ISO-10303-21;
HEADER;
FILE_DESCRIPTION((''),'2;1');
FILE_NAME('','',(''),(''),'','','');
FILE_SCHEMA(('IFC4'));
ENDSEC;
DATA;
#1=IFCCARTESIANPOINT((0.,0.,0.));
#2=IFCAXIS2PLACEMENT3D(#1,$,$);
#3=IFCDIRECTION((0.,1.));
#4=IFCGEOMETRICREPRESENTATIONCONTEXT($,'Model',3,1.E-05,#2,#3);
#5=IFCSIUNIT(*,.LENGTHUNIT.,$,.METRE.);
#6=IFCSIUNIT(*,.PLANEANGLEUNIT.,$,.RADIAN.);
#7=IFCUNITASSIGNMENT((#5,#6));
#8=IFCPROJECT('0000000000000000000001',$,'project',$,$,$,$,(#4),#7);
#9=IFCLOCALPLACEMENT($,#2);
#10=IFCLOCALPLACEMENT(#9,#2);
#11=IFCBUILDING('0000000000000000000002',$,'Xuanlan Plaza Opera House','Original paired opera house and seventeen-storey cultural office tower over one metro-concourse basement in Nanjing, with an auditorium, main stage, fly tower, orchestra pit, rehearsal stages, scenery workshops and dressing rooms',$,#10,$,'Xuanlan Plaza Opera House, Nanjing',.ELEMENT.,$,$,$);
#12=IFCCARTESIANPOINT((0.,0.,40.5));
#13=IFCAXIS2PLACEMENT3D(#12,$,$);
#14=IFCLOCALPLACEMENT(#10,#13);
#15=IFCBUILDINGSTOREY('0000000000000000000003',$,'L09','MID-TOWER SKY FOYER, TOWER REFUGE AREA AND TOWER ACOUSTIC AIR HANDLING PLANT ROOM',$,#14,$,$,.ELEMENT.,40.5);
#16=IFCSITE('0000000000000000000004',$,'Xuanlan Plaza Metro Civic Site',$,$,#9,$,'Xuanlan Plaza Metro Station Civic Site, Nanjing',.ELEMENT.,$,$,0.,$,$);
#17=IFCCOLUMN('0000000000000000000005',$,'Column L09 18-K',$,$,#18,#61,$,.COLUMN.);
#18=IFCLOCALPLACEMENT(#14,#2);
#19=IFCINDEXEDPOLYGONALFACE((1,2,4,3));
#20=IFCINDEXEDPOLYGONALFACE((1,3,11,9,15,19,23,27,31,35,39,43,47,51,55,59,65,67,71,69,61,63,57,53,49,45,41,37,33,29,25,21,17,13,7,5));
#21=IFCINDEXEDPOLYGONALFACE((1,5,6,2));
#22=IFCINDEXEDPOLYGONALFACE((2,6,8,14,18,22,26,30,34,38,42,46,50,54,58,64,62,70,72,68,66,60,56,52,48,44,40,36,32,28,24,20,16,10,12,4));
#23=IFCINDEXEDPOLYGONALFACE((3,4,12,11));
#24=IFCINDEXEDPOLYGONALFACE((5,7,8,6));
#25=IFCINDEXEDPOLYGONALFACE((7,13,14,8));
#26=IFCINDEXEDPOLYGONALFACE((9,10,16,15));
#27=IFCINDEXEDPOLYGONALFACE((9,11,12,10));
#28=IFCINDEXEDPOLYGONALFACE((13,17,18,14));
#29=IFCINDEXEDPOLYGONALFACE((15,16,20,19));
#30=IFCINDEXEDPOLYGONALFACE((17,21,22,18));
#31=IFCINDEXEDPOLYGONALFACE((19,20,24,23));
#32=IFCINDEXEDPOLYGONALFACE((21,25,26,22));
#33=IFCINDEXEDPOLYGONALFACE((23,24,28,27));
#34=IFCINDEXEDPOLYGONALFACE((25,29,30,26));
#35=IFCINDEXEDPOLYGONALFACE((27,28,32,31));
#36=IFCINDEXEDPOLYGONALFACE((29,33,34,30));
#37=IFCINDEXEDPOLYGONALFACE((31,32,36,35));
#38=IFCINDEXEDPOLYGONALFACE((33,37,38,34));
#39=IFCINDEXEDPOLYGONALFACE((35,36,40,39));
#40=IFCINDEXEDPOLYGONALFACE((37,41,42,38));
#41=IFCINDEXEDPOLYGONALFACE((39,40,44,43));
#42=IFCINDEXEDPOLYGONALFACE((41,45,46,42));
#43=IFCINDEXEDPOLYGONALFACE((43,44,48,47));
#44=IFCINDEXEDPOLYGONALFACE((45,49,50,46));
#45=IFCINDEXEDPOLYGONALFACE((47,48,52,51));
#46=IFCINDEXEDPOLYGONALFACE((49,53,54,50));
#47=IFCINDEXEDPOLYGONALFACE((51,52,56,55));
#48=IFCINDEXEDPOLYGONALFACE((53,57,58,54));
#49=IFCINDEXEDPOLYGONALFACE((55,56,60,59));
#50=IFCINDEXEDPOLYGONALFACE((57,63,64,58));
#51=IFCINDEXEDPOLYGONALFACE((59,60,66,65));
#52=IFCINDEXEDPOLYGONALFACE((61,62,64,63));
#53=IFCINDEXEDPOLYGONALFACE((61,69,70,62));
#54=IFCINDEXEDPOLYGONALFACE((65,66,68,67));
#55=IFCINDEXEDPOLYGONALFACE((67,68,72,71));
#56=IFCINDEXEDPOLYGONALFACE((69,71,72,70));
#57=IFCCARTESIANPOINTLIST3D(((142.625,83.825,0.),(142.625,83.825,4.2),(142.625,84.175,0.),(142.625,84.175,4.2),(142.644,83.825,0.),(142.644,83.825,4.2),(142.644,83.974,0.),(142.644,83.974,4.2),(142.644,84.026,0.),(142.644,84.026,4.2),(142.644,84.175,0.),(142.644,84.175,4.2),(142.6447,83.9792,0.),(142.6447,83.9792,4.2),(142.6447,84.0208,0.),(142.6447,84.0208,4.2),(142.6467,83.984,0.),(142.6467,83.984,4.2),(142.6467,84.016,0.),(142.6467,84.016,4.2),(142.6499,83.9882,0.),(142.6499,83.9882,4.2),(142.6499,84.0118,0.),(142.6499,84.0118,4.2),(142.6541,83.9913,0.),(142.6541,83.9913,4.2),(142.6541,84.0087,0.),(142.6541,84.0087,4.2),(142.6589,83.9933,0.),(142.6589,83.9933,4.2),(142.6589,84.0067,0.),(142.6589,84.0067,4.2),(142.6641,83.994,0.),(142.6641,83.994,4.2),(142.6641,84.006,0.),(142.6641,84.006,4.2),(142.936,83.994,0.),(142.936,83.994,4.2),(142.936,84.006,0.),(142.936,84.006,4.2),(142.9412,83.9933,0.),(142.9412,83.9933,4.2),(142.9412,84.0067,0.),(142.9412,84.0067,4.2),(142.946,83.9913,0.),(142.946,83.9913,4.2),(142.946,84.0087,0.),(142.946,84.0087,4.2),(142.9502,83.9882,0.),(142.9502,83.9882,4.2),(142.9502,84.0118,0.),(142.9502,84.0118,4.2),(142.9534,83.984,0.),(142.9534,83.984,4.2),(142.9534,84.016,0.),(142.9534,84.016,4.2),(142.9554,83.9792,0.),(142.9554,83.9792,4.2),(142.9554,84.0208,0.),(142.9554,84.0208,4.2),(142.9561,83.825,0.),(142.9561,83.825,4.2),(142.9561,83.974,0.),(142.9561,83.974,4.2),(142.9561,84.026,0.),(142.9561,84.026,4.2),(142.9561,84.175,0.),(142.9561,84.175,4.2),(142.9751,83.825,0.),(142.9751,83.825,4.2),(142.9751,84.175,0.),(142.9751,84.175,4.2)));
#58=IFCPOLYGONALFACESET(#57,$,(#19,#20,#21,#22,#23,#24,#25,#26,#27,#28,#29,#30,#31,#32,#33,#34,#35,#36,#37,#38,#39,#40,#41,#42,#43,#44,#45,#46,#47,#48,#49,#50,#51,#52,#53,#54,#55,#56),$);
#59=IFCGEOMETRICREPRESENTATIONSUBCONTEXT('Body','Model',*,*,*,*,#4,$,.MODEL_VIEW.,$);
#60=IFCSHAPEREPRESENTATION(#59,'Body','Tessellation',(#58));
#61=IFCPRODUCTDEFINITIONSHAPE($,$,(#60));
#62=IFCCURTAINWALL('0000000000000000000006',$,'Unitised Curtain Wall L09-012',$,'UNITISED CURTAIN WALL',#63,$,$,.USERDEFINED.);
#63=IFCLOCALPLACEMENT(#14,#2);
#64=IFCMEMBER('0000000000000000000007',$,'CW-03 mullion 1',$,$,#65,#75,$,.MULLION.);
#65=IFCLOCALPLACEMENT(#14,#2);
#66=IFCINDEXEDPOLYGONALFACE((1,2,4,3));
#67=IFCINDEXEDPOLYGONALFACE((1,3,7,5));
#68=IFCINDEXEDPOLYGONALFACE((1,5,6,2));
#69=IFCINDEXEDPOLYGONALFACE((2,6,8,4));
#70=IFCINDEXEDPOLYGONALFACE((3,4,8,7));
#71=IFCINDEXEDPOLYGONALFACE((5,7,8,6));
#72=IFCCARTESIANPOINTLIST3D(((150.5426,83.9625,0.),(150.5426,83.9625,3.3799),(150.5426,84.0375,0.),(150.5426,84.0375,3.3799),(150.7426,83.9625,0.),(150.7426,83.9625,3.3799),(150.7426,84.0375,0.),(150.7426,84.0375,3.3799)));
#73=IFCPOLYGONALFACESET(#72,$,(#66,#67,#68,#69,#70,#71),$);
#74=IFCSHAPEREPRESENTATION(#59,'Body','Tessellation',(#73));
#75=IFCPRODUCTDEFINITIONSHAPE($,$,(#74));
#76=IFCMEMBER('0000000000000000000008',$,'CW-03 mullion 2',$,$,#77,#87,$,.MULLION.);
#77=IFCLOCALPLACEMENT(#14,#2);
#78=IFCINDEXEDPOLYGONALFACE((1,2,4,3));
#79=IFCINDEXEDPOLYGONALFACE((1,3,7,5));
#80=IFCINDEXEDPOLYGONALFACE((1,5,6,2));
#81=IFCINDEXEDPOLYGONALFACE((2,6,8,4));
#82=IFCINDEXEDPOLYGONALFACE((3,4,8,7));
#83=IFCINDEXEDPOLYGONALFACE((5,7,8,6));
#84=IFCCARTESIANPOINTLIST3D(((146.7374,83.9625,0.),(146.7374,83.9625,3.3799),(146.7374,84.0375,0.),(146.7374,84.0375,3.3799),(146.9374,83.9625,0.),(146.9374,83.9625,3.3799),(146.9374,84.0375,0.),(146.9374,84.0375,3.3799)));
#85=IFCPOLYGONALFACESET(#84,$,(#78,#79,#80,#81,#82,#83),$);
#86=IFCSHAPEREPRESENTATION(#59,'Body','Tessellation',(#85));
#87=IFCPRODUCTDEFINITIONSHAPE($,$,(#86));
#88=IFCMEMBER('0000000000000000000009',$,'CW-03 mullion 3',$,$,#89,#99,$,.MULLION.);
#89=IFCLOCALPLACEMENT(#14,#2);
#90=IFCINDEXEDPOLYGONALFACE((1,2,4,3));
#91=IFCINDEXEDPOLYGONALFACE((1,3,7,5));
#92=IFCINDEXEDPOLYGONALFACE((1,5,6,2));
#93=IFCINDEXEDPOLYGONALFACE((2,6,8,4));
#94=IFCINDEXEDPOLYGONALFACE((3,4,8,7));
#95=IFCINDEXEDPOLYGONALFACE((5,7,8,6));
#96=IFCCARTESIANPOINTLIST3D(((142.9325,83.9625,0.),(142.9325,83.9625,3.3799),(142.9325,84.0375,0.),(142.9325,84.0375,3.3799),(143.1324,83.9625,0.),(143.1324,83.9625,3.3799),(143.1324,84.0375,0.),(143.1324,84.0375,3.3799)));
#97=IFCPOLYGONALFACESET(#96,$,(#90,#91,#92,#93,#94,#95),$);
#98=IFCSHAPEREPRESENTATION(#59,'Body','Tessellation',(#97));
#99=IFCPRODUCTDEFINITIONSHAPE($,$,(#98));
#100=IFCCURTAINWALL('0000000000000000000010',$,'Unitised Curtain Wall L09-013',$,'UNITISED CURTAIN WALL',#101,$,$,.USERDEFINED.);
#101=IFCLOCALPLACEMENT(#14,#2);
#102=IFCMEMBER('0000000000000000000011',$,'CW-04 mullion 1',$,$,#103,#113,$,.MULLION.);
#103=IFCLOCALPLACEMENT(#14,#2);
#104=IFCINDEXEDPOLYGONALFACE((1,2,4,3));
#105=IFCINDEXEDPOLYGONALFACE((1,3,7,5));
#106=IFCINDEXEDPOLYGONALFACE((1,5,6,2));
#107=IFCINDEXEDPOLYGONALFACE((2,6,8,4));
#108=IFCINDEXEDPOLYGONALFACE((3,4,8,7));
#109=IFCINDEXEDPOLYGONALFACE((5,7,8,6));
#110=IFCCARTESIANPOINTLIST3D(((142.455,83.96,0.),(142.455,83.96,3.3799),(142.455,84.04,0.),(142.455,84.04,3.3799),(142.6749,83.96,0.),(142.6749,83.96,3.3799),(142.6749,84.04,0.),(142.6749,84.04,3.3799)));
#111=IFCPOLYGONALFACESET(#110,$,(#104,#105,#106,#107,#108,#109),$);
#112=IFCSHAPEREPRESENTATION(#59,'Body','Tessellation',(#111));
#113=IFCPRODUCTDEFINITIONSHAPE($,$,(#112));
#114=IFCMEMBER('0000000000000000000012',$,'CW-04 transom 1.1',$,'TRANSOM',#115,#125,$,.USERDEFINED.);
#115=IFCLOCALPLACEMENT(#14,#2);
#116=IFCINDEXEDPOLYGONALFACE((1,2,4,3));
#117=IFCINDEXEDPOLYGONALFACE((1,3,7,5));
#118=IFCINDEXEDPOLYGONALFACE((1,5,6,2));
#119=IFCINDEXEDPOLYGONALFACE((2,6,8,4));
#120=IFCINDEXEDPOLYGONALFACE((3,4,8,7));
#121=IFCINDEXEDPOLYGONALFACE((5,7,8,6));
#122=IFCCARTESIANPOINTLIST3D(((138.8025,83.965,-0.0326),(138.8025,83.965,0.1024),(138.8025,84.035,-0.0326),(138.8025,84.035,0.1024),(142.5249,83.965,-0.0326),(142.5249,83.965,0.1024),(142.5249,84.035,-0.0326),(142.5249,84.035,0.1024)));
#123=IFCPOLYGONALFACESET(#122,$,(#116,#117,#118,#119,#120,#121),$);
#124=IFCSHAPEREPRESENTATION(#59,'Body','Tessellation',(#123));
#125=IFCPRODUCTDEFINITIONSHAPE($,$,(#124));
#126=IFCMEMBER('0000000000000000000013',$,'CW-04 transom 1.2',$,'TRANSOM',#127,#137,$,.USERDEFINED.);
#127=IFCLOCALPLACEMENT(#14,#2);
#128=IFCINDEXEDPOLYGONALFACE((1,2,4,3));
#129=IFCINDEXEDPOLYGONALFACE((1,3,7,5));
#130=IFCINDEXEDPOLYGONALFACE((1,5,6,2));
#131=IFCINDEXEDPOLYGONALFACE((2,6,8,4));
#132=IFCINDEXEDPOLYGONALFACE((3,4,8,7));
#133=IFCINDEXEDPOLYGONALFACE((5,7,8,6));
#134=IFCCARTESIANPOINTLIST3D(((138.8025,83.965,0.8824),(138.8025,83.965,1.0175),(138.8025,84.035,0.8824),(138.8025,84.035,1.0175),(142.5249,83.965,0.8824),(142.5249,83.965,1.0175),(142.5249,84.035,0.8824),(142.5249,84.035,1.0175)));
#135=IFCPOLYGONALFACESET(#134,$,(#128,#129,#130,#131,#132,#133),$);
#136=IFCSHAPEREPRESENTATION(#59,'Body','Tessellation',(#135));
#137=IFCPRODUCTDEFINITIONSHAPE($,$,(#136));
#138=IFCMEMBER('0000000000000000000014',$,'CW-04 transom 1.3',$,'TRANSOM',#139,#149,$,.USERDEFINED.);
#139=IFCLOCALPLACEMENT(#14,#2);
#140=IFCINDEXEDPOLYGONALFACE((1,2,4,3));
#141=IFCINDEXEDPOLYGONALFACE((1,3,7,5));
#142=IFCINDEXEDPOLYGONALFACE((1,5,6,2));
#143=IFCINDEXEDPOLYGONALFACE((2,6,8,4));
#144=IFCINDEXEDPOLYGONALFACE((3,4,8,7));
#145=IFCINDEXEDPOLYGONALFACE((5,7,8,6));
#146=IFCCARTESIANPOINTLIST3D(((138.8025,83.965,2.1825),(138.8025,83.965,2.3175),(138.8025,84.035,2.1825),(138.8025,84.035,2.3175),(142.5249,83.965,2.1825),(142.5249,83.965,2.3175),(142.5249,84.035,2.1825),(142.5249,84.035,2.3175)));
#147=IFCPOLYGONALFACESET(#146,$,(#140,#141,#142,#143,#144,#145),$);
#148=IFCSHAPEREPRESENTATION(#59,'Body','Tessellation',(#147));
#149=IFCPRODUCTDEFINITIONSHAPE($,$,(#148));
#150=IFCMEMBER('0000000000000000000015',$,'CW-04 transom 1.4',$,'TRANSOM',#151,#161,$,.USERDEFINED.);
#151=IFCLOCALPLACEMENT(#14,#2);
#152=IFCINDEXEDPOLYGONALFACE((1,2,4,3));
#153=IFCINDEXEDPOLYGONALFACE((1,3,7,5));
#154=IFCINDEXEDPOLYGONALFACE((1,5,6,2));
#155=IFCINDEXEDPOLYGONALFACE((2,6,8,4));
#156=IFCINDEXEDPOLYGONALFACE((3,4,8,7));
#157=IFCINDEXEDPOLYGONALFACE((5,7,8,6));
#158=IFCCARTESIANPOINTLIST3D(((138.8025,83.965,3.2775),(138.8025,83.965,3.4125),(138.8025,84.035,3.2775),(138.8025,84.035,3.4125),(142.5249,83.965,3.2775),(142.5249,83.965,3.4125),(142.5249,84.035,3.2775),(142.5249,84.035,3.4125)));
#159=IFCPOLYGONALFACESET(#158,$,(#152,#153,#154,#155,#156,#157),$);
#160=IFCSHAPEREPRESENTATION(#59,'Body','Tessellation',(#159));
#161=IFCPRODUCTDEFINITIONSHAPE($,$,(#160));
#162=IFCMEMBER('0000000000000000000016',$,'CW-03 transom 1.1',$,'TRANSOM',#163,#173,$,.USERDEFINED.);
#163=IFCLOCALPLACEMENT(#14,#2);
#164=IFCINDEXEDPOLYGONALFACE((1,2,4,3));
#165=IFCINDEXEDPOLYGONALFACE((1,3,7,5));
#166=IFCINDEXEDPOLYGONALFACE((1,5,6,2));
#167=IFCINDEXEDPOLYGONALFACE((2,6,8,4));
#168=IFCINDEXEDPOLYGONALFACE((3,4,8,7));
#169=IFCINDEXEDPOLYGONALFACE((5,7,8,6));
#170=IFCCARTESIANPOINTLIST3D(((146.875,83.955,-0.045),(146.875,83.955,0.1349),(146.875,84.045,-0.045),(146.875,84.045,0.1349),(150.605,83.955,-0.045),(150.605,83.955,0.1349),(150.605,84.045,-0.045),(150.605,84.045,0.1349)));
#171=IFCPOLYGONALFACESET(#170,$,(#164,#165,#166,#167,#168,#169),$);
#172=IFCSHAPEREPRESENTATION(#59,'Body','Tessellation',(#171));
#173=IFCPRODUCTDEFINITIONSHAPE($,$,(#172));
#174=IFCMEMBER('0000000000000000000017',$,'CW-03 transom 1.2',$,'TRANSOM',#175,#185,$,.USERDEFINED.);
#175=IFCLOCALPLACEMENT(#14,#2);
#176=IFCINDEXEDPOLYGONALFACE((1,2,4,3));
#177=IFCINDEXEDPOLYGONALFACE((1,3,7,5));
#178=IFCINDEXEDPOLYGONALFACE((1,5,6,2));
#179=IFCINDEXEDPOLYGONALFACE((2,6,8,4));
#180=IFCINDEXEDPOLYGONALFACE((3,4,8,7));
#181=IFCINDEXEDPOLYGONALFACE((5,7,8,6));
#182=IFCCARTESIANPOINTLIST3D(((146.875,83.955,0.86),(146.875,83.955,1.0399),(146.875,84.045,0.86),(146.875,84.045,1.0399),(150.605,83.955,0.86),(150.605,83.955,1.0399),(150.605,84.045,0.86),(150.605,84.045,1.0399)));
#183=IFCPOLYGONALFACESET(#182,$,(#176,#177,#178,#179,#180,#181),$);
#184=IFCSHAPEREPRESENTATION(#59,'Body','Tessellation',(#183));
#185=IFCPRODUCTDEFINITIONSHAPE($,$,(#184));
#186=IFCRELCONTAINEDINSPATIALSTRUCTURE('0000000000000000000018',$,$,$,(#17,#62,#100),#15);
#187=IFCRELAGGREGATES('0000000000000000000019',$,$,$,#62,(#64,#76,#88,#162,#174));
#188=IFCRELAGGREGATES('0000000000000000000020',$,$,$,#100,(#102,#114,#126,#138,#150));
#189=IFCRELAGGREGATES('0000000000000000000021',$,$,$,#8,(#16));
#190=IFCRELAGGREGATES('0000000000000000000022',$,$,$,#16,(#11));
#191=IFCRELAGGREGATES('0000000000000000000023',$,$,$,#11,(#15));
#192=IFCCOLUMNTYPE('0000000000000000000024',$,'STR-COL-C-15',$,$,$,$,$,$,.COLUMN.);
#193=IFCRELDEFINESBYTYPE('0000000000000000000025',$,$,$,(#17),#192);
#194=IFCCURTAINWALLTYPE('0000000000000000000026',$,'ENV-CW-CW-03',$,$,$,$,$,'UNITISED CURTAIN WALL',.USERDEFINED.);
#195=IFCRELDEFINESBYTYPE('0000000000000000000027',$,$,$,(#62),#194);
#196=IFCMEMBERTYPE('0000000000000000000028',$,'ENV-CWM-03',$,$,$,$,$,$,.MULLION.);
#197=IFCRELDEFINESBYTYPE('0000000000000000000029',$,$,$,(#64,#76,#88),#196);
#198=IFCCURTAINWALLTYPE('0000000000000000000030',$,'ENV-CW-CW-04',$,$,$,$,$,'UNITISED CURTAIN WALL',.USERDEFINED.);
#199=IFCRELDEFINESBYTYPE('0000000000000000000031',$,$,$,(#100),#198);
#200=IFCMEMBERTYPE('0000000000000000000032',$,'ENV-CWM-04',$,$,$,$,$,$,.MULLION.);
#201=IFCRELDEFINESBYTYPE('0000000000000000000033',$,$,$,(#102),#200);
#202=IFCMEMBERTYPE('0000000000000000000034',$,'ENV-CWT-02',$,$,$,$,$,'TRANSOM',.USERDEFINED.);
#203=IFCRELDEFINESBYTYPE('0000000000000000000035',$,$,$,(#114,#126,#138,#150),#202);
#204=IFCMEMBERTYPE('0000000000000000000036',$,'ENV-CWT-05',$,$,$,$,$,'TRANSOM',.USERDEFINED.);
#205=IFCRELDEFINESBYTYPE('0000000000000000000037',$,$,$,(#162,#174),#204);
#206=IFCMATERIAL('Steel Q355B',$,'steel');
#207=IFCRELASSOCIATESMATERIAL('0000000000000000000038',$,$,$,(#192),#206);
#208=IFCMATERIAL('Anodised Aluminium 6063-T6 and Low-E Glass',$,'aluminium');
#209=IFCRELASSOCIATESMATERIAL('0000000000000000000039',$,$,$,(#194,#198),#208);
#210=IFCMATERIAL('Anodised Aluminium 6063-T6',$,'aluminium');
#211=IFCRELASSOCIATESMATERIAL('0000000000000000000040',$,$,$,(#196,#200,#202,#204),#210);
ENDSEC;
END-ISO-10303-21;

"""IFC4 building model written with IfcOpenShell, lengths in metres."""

from ifc_helpers import new_model, si_unit, direction, frame, origin, origin_2d, place, context, subcontext, project, spatial, rectangle, i_section, extrude, material, material_profile, profile_set, type_object, element, aggregate, save


model = new_model("IFC4")

# Units and contexts
model_context = context("Model", 3, precision=1e-05, world=origin(), true_north=direction((0.0, 1.0)))
body_context = subcontext(model_context, "Body", "Model", "MODEL_VIEW")
ifc_project = project(units=[si_unit("LENGTHUNIT", "METRE"), si_unit("PLANEANGLEUNIT", "RADIAN")], contexts=[model_context])

# Site, building, storey
site_placement = place(None, origin())
site = spatial("IfcSite", under=ifc_project, at=site_placement, Name="Xuanlan Plaza Metro Civic Site", LongName="Xuanlan Plaza Metro Station Civic Site, Nanjing", CompositionType="ELEMENT", RefElevation=0.0)
building_placement = place(site_placement, origin())
building = spatial("IfcBuilding", under=site, at=building_placement, Name="Xuanlan Plaza Opera House", Description="Original paired opera house and seventeen-storey cultural office tower over one metro-concourse basement in Nanjing, with an auditorium, main stage, fly tower, orchestra pit, rehearsal stages, scenery workshops and dressing rooms", LongName="Xuanlan Plaza Opera House, Nanjing", CompositionType="ELEMENT")
storey_placement = place(building_placement, frame((0.0, 0.0, 40.5)))
storey = spatial("IfcBuildingStorey", under=building, at=storey_placement, Name="L09", Description="MID-TOWER SKY FOYER, TOWER REFUGE AREA AND TOWER ACOUSTIC AIR HANDLING PLANT ROOM", CompositionType="ELEMENT", Elevation=40.5)

# Column
ifc_material_1 = material(Name="Steel Q355B", Category="steel")
ifc_material_profile_1 = material_profile(ifc_material_1, i_section(OverallWidth=0.3501, OverallDepth=0.3501, WebThickness=0.012, FlangeThickness=0.019, FilletRadius=0.02, at=origin_2d()), Name="HW 350x350x12x19")
ifc_profile_set_1 = profile_set([ifc_material_profile_1], Name="Steel Q355B")
column_type = type_object("IfcColumnType", Name="STR-COL-C-15", PredefinedType="COLUMN", material=ifc_profile_set_1)
column_placement = place(storey_placement, frame((142.8, 84.0, 0.0), z_axis=(0.0, 0.0, 1.0), x_axis=(0.0, 1.0, 0.0)))
element("IfcColumn", 1, at=column_placement, inside=storey, type_object=column_type, Name="Column L09 18-K", PredefinedType="COLUMN", context=body_context, shape_type="SweptSolid", body=[
    extrude(i_section(OverallWidth=0.3501, OverallDepth=0.3501, WebThickness=0.012, FlangeThickness=0.019, FilletRadius=0.02, at=origin_2d()), origin(), (0.0, 0.0, 1.0), 4.2),
])

# Curtain walls, members
ifc_material_2 = material(Name="Anodised Aluminium 6063-T6 and Low-E Glass", Category="aluminium")
curtain_wall_type_1 = type_object("IfcCurtainWallType", Name="ENV-CW-CW-03", ElementType="UNITISED CURTAIN WALL", PredefinedType="USERDEFINED", material=ifc_material_2)
curtain_wall_1_placement = place(storey_placement, origin())
curtain_wall_1 = element("IfcCurtainWall", 2, at=curtain_wall_1_placement, inside=storey, type_object=curtain_wall_type_1, Name="Unitised Curtain Wall L09-012", ObjectType="UNITISED CURTAIN WALL", PredefinedType="USERDEFINED")
ifc_material_3 = material(Name="Anodised Aluminium 6063-T6", Category="aluminium")
ifc_material_profile_2 = material_profile(ifc_material_3, rectangle(XDim=0.075, YDim=0.2, at=origin_2d()), Name="ALU-M 75x200")
ifc_profile_set_2 = profile_set([ifc_material_profile_2], Name="Anodised Aluminium 6063-T6")
member_type_1 = type_object("IfcMemberType", Name="ENV-CWM-03", PredefinedType="MULLION", material=ifc_profile_set_2)
member_1_placement = place(storey_placement, frame((150.6426, 84.0, 0.0), z_axis=(0.0, 0.0, 1.0), x_axis=(0.0, -1.0, 0.0)))
member_1 = element("IfcMember", 3, at=member_1_placement, type_object=member_type_1, Name="CW-03 mullion 1", PredefinedType="MULLION", context=body_context, shape_type="SweptSolid", body=[
    extrude(rectangle(XDim=0.075, YDim=0.2, at=origin_2d()), origin(), (0.0, 0.0, 1.0), 3.3799),
])
member_2_placement = place(storey_placement, frame((146.8374, 84.0, 0.0), z_axis=(0.0, 0.0, 1.0), x_axis=(0.0, -1.0, 0.0)))
member_2 = element("IfcMember", 4, at=member_2_placement, type_object=member_type_1, Name="CW-03 mullion 2", PredefinedType="MULLION", context=body_context, shape_type="SweptSolid", body=[
    extrude(rectangle(XDim=0.075, YDim=0.2, at=origin_2d()), origin(), (0.0, 0.0, 1.0), 3.3799),
])
member_3_placement = place(storey_placement, frame((143.0325, 84.0, 0.0), z_axis=(0.0, 0.0, 1.0), x_axis=(0.0, -1.0, 0.0)))
member_3 = element("IfcMember", 5, at=member_3_placement, type_object=member_type_1, Name="CW-03 mullion 3", PredefinedType="MULLION", context=body_context, shape_type="SweptSolid", body=[
    extrude(rectangle(XDim=0.075, YDim=0.2, at=origin_2d()), origin(), (0.0, 0.0, 1.0), 3.3799),
])
curtain_wall_type_2 = type_object("IfcCurtainWallType", Name="ENV-CW-CW-04", ElementType="UNITISED CURTAIN WALL", PredefinedType="USERDEFINED", material=ifc_material_2)
curtain_wall_2_placement = place(storey_placement, origin())
curtain_wall_2 = element("IfcCurtainWall", 6, at=curtain_wall_2_placement, inside=storey, type_object=curtain_wall_type_2, Name="Unitised Curtain Wall L09-013", ObjectType="UNITISED CURTAIN WALL", PredefinedType="USERDEFINED")
ifc_material_profile_3 = material_profile(ifc_material_3, rectangle(XDim=0.0801, YDim=0.22, at=origin_2d()), Name="ALU-M 80x220")
ifc_profile_set_3 = profile_set([ifc_material_profile_3], Name="Anodised Aluminium 6063-T6")
member_type_2 = type_object("IfcMemberType", Name="ENV-CWM-04", PredefinedType="MULLION", material=ifc_profile_set_3)
member_4_placement = place(storey_placement, frame((142.5649, 84.0, 0.0), z_axis=(0.0, 0.0, 1.0), x_axis=(0.0, -1.0, 0.0)))
member_4 = element("IfcMember", 7, at=member_4_placement, type_object=member_type_2, Name="CW-04 mullion 1", PredefinedType="MULLION", context=body_context, shape_type="SweptSolid", body=[
    extrude(rectangle(XDim=0.0801, YDim=0.22, at=origin_2d()), origin(), (0.0, 0.0, 1.0), 3.3799),
])
ifc_material_profile_4 = material_profile(ifc_material_3, rectangle(XDim=0.0701, YDim=0.135, at=origin_2d()), Name="ALU-T 70x135")
ifc_profile_set_4 = profile_set([ifc_material_profile_4], Name="Anodised Aluminium 6063-T6")
member_type_3 = type_object("IfcMemberType", Name="ENV-CWT-02", ElementType="TRANSOM", PredefinedType="USERDEFINED", material=ifc_profile_set_4)
member_5_placement = place(storey_placement, frame((142.5249, 84.0, 0.0349), z_axis=(-1.0, 0.0, 0.0), x_axis=(0.0, -1.0, 0.0)))
member_5 = element("IfcMember", 8, at=member_5_placement, type_object=member_type_3, Name="CW-04 transom 1.1", ObjectType="TRANSOM", PredefinedType="USERDEFINED", context=body_context, shape_type="SweptSolid", body=[
    extrude(rectangle(XDim=0.0701, YDim=0.135, at=origin_2d()), origin(), (0.0, 0.0, 1.0), 3.7224),
])
member_6_placement = place(storey_placement, frame((142.5249, 84.0, 0.95), z_axis=(-1.0, 0.0, 0.0), x_axis=(0.0, -1.0, 0.0)))
member_6 = element("IfcMember", 9, at=member_6_placement, type_object=member_type_3, Name="CW-04 transom 1.2", ObjectType="TRANSOM", PredefinedType="USERDEFINED", context=body_context, shape_type="SweptSolid", body=[
    extrude(rectangle(XDim=0.0701, YDim=0.135, at=origin_2d()), origin(), (0.0, 0.0, 1.0), 3.7224),
])
member_7_placement = place(storey_placement, frame((142.5249, 84.0, 2.25), z_axis=(-1.0, 0.0, 0.0), x_axis=(0.0, -1.0, 0.0)))
member_7 = element("IfcMember", 10, at=member_7_placement, type_object=member_type_3, Name="CW-04 transom 1.3", ObjectType="TRANSOM", PredefinedType="USERDEFINED", context=body_context, shape_type="SweptSolid", body=[
    extrude(rectangle(XDim=0.0701, YDim=0.135, at=origin_2d()), origin(), (0.0, 0.0, 1.0), 3.7224),
])
member_8_placement = place(storey_placement, frame((142.5249, 84.0, 3.345), z_axis=(-1.0, 0.0, 0.0), x_axis=(0.0, -1.0, 0.0)))
member_8 = element("IfcMember", 11, at=member_8_placement, type_object=member_type_3, Name="CW-04 transom 1.4", ObjectType="TRANSOM", PredefinedType="USERDEFINED", context=body_context, shape_type="SweptSolid", body=[
    extrude(rectangle(XDim=0.0701, YDim=0.135, at=origin_2d()), origin(), (0.0, 0.0, 1.0), 3.7224),
])

# Members
ifc_material_profile_5 = material_profile(ifc_material_3, rectangle(XDim=0.0901, YDim=0.1799, at=origin_2d()), Name="ALU-T 90x180")
ifc_profile_set_5 = profile_set([ifc_material_profile_5], Name="Anodised Aluminium 6063-T6")
member_type_4 = type_object("IfcMemberType", Name="ENV-CWT-05", ElementType="TRANSOM", PredefinedType="USERDEFINED", material=ifc_profile_set_5)
member_9_placement = place(storey_placement, frame((150.605, 84.0, 0.0449), z_axis=(-1.0, 0.0, 0.0), x_axis=(0.0, -1.0, 0.0)))
member_9 = element("IfcMember", 12, at=member_9_placement, type_object=member_type_4, Name="CW-03 transom 1.1", ObjectType="TRANSOM", PredefinedType="USERDEFINED", context=body_context, shape_type="SweptSolid", body=[
    extrude(rectangle(XDim=0.0901, YDim=0.1799, at=origin_2d()), origin(), (0.0, 0.0, 1.0), 3.73),
])
member_10_placement = place(storey_placement, frame((150.605, 84.0, 0.95), z_axis=(-1.0, 0.0, 0.0), x_axis=(0.0, -1.0, 0.0)))
member_10 = element("IfcMember", 13, at=member_10_placement, type_object=member_type_4, Name="CW-03 transom 1.2", ObjectType="TRANSOM", PredefinedType="USERDEFINED", context=body_context, shape_type="SweptSolid", body=[
    extrude(rectangle(XDim=0.0901, YDim=0.1799, at=origin_2d()), origin(), (0.0, 0.0, 1.0), 3.73),
])

aggregate(curtain_wall_1, [member_1, member_2, member_3, member_9, member_10])
aggregate(curtain_wall_2, [member_4, member_5, member_6, member_7, member_8])

save(model, "model.ifc")
